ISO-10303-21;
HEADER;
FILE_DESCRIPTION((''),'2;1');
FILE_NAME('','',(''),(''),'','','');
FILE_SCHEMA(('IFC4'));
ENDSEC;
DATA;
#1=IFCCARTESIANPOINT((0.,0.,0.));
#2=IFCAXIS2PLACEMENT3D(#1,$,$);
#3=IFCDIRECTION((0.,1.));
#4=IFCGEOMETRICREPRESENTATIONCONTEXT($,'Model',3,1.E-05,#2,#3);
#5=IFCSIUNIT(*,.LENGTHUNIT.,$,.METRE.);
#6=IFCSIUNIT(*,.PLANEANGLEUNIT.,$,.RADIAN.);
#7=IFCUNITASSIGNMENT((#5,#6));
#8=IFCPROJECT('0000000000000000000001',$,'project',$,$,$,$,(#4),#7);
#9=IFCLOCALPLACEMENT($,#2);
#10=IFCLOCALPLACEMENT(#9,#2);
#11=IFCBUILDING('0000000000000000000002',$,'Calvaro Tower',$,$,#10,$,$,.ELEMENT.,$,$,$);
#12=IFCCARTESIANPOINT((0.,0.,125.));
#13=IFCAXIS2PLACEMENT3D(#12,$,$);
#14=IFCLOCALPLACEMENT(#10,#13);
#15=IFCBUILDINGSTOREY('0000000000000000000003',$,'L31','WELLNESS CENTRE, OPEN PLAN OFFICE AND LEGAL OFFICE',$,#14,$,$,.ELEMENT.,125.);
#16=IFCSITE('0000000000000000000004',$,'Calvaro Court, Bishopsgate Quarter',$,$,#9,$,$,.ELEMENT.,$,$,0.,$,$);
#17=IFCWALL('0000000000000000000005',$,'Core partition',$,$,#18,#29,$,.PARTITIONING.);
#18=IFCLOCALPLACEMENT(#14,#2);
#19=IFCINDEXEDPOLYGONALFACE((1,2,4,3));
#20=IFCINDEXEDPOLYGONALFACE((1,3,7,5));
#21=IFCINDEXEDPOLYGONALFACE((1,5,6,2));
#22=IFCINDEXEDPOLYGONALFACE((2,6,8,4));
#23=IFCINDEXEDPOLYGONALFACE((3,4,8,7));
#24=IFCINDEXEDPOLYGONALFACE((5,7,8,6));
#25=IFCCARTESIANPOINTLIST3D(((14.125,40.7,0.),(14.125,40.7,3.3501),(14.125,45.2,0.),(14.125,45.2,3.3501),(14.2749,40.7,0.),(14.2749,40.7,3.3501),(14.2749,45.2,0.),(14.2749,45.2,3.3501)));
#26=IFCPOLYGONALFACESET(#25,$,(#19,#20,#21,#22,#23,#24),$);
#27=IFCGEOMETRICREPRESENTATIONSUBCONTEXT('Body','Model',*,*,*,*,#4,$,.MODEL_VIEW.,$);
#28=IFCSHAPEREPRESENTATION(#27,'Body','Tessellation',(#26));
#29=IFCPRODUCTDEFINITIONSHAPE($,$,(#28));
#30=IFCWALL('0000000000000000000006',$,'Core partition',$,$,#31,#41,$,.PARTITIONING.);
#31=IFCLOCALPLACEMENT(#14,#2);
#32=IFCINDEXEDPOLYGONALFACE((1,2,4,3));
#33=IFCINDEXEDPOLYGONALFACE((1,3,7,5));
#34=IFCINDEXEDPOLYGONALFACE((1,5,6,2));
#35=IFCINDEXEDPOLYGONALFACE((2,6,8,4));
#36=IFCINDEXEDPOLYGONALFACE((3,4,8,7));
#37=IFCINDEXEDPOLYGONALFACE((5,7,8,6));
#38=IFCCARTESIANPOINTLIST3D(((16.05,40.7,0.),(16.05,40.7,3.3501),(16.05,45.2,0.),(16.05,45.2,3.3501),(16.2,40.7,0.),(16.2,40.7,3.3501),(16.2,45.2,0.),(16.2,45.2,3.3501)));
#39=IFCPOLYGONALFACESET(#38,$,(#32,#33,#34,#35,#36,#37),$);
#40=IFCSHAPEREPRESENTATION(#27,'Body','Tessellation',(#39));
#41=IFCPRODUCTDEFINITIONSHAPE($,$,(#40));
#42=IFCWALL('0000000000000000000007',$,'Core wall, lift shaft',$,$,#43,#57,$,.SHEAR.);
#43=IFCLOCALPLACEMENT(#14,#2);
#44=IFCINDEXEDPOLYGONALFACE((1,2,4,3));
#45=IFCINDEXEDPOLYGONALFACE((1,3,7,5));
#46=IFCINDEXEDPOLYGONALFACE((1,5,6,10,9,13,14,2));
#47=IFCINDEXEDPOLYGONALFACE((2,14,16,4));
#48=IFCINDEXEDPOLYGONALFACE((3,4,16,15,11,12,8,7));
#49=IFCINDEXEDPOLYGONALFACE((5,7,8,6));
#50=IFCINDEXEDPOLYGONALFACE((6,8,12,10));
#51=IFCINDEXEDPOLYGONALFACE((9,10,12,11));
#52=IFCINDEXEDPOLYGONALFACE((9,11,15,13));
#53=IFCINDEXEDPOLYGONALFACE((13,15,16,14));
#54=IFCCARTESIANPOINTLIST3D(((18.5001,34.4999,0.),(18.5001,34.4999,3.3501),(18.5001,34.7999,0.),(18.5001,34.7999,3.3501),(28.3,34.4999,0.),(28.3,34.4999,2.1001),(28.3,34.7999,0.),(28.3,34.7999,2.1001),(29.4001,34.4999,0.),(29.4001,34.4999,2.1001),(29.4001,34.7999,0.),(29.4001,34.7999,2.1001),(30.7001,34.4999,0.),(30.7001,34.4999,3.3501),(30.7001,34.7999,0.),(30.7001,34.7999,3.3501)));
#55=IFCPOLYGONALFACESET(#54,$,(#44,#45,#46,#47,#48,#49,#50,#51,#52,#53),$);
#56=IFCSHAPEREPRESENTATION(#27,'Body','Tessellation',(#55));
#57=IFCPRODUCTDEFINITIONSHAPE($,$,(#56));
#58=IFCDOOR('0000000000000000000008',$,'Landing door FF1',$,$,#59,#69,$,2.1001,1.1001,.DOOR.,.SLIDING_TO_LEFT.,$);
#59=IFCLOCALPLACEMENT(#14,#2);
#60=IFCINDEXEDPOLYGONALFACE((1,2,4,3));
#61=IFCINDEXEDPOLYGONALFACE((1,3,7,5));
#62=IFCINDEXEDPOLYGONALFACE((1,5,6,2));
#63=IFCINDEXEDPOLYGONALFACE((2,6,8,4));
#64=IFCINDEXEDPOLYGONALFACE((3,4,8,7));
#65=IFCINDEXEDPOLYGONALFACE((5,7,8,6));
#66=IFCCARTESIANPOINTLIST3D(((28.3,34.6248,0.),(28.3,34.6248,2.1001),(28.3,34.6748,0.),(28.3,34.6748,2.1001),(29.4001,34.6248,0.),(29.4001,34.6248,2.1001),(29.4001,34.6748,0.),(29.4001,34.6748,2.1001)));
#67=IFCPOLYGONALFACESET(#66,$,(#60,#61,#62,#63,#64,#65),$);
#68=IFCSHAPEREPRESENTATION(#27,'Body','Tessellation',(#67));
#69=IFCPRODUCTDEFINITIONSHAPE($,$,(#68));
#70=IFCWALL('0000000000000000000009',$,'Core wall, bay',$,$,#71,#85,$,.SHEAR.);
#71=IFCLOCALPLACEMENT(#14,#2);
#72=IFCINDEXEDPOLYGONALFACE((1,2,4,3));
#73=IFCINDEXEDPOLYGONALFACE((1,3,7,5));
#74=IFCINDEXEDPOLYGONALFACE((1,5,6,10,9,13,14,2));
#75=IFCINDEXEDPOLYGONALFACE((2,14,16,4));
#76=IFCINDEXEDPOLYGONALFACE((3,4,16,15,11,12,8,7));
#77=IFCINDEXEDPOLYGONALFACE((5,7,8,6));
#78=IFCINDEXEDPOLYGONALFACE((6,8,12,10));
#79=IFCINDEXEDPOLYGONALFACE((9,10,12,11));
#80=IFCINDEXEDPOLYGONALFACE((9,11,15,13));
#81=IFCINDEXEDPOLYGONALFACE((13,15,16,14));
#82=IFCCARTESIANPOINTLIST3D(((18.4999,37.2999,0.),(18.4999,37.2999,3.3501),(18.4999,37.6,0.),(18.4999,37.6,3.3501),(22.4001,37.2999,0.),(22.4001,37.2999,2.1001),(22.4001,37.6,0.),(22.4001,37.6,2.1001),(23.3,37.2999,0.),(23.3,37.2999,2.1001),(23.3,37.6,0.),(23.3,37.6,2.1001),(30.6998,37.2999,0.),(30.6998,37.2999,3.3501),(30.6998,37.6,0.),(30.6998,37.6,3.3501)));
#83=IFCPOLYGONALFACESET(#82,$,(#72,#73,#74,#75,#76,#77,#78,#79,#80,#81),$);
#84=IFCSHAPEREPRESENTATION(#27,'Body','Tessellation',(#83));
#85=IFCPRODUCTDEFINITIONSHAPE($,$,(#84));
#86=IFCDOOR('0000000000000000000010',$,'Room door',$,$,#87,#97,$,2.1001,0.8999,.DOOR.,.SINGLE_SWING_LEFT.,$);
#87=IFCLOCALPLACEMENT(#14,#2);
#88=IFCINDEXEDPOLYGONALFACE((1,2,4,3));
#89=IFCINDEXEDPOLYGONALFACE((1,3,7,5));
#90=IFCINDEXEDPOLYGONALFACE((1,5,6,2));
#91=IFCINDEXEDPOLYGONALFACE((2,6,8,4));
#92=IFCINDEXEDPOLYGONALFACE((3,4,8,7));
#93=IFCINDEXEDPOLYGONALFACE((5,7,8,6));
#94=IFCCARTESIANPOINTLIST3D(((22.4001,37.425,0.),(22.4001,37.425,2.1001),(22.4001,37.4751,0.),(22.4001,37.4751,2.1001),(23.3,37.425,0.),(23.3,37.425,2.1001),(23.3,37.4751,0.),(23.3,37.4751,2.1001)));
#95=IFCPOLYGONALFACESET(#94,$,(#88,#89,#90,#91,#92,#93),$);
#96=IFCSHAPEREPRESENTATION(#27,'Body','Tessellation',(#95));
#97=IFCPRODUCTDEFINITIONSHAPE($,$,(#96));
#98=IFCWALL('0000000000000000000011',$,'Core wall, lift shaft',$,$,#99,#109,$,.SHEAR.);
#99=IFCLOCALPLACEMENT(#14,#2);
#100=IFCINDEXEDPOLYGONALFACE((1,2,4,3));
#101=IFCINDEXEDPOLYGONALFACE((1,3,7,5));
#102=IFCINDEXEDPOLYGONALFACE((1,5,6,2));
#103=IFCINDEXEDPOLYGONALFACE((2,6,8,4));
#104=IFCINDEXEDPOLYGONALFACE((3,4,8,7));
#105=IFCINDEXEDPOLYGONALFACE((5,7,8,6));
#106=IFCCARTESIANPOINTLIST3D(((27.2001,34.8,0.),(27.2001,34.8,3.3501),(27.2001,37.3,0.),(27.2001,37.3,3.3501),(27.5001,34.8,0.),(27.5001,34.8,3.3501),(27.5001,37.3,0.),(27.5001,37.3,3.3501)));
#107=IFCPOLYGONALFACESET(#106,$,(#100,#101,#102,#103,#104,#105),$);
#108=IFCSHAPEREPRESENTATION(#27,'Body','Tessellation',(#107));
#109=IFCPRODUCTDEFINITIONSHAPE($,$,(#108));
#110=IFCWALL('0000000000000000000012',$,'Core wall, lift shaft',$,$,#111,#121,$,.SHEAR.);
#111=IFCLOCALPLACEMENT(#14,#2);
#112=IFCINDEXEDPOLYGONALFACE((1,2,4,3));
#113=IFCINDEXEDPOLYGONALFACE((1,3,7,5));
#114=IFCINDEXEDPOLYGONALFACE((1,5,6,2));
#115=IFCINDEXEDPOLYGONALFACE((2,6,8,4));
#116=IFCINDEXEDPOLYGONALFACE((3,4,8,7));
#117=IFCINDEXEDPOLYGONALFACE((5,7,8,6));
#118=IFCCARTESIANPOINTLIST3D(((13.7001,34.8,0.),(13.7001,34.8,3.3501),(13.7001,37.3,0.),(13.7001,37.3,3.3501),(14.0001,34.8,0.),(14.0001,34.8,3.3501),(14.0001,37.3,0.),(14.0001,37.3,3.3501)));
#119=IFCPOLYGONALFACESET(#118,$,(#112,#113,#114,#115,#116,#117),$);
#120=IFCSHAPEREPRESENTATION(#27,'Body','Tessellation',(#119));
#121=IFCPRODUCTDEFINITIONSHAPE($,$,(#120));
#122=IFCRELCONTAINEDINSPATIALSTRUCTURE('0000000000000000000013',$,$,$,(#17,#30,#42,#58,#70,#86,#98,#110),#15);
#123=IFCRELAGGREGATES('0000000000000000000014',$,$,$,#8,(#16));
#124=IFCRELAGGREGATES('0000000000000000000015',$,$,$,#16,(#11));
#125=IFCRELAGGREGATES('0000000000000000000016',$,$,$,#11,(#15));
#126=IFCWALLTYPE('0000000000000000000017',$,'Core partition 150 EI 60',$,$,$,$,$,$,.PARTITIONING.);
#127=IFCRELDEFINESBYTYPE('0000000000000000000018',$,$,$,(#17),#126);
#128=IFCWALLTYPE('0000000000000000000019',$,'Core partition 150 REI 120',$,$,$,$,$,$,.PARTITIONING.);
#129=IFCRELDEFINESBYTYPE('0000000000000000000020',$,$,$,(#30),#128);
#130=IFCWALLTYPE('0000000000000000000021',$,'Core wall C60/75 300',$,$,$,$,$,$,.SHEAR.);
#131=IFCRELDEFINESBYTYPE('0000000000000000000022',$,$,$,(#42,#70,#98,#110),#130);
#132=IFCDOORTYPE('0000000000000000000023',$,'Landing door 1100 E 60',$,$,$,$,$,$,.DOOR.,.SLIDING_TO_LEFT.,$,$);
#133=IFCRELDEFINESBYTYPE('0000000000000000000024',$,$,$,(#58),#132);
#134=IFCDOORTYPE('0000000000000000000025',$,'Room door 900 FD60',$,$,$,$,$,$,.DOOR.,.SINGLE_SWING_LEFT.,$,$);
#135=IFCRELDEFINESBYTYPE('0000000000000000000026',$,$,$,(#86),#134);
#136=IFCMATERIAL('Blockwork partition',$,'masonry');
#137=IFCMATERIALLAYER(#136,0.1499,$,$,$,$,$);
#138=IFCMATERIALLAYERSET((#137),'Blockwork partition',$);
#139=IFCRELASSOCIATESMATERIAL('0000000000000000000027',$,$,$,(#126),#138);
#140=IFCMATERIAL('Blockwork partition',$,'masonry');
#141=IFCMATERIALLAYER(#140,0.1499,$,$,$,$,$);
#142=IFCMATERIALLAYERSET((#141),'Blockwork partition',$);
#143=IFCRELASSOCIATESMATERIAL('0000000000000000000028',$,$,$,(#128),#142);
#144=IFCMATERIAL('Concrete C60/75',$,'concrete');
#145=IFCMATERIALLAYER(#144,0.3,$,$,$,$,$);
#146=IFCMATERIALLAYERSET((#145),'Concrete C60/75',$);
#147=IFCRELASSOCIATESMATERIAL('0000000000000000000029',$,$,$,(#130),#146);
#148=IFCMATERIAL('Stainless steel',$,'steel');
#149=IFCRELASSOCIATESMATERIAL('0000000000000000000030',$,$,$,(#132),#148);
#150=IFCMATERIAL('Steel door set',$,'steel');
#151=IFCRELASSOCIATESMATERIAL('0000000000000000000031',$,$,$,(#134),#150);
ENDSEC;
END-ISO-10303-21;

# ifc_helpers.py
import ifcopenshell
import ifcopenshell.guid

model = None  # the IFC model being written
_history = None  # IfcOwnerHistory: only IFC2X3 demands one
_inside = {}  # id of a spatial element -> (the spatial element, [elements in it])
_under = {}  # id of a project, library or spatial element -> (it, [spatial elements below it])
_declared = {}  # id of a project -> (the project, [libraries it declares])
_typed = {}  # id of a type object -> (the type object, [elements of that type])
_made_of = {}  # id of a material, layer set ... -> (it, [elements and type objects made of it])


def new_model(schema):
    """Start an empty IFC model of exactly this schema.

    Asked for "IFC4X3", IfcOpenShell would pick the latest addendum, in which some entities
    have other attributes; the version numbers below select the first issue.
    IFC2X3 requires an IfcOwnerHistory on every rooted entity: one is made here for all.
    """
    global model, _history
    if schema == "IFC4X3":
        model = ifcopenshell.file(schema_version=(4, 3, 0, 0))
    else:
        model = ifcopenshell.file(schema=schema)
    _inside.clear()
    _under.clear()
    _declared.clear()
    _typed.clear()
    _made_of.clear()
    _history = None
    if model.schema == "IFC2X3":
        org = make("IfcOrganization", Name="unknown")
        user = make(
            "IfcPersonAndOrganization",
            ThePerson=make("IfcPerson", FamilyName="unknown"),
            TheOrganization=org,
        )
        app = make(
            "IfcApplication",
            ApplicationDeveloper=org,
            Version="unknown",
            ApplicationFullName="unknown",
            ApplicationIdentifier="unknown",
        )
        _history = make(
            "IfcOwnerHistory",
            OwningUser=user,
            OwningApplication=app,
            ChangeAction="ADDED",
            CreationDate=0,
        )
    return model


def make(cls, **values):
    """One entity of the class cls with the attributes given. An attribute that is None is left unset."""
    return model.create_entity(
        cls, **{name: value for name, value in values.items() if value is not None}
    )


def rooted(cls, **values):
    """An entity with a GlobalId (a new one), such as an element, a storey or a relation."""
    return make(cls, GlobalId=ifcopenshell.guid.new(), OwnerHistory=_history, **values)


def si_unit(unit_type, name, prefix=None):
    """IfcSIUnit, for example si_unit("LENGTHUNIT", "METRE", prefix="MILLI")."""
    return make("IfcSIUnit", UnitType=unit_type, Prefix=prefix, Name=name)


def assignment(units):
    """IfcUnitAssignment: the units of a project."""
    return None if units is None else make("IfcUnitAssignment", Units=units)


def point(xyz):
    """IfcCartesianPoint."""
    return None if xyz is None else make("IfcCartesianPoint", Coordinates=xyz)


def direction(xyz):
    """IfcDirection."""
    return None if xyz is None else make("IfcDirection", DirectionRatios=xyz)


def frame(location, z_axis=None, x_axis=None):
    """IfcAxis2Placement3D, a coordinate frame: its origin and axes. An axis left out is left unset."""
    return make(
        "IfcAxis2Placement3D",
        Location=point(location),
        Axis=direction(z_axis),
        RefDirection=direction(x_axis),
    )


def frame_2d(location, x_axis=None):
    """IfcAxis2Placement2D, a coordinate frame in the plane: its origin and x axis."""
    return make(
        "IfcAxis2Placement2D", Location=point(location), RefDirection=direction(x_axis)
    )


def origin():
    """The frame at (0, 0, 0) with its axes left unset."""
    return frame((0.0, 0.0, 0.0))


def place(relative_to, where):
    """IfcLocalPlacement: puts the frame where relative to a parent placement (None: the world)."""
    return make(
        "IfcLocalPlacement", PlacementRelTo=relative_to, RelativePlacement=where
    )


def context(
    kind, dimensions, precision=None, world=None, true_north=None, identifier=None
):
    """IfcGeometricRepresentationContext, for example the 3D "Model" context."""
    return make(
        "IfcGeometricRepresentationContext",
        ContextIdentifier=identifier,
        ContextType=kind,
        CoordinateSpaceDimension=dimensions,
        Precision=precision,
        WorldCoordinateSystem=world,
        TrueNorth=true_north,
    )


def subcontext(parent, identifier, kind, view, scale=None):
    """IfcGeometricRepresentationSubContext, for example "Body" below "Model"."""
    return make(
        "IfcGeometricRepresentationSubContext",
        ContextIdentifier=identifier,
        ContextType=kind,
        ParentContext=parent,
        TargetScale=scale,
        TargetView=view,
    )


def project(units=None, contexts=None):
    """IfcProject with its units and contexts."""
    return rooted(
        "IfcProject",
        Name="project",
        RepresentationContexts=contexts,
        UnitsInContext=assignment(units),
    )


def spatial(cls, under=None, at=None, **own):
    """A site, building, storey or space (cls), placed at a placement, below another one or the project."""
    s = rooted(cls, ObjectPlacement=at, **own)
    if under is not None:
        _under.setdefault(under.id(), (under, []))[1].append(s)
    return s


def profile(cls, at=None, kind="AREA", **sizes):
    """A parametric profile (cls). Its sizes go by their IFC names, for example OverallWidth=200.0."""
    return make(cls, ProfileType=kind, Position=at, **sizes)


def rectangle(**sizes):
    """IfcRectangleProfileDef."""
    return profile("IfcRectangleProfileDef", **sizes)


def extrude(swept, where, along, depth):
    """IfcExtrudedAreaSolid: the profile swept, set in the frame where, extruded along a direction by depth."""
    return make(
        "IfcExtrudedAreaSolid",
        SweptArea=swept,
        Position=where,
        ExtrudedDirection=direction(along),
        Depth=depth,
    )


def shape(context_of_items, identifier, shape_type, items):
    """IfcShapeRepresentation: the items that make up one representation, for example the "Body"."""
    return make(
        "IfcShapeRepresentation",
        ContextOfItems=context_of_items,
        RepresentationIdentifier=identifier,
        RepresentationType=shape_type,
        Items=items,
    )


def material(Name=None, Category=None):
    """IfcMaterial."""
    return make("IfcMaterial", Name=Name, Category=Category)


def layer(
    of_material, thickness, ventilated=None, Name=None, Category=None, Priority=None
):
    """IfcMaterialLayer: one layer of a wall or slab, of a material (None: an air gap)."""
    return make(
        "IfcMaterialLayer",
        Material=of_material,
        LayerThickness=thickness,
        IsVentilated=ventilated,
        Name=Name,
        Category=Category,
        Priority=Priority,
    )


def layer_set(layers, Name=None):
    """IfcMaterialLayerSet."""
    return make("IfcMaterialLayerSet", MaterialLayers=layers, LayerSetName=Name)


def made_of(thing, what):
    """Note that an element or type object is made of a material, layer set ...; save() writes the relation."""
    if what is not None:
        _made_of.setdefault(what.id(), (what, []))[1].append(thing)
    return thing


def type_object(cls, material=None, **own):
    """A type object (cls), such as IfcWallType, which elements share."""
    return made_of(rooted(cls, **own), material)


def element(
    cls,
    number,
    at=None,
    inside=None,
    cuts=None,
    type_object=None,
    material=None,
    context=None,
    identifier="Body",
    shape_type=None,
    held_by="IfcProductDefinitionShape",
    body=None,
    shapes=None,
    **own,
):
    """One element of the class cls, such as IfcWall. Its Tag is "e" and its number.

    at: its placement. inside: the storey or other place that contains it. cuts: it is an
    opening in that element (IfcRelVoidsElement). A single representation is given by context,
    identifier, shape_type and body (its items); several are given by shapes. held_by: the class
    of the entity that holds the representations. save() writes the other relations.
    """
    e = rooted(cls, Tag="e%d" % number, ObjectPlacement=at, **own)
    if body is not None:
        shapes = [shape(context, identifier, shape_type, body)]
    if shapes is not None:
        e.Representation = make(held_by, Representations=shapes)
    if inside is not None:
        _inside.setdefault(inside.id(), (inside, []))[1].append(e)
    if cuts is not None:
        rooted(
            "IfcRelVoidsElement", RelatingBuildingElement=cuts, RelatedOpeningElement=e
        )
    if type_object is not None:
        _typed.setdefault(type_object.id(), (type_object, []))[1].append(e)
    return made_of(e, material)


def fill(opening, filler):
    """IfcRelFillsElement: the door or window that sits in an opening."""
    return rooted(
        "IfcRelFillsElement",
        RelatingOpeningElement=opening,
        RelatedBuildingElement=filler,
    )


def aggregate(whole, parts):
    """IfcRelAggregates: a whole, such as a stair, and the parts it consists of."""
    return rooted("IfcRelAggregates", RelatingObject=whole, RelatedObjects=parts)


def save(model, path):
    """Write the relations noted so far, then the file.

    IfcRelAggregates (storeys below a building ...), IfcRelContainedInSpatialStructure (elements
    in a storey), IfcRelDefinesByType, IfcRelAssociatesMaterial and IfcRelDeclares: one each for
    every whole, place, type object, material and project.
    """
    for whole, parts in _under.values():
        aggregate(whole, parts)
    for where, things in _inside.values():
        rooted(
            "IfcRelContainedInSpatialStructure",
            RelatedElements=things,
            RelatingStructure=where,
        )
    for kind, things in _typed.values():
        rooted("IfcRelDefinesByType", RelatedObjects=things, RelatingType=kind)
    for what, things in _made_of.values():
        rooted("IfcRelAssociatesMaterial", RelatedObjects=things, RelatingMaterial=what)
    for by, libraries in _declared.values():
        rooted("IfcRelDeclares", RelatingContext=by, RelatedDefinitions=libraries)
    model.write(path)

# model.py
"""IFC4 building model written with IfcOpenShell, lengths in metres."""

from ifc_helpers import new_model, si_unit, direction, frame, frame_2d, origin, place, context, subcontext, project, spatial, rectangle, extrude, material, layer, layer_set, type_object, element, fill, save


model = new_model("IFC4")

# Units and contexts
model_context = context("Model", 3, precision=1e-05, world=origin(), true_north=direction((0.0, 1.0)))
body_context = subcontext(model_context, "Body", "Model", "MODEL_VIEW")
ifc_project = project(units=[si_unit("LENGTHUNIT", "METRE"), si_unit("PLANEANGLEUNIT", "RADIAN")], contexts=[model_context])

# Site, building, storey
site_placement = place(None, origin())
site = spatial("IfcSite", under=ifc_project, at=site_placement, Name="Calvaro Court, Bishopsgate Quarter", CompositionType="ELEMENT", RefElevation=0.0)
building_placement = place(site_placement, origin())
building = spatial("IfcBuilding", under=site, at=building_placement, Name="Calvaro Tower", CompositionType="ELEMENT")
storey_placement = place(building_placement, frame((0.0, 0.0, 125.0)))
storey = spatial("IfcBuildingStorey", under=building, at=storey_placement, Name="L31", Description="WELLNESS CENTRE, OPEN PLAN OFFICE AND LEGAL OFFICE", CompositionType="ELEMENT", Elevation=125.0)

# Walls
ifc_material_1 = material(Name="Blockwork partition", Category="masonry")
ifc_layer_1 = layer(ifc_material_1, 0.1499)
ifc_layer_set_1 = layer_set([ifc_layer_1], Name="Blockwork partition")
wall_type_1 = type_object("IfcWallType", Name="Core partition 150 EI 60", PredefinedType="PARTITIONING", material=ifc_layer_set_1)
wall_1_placement = place(storey_placement, frame((14.2, 40.7, 0.0), z_axis=(0.0, 0.0, 1.0), x_axis=(0.0, 1.0, 0.0)))
element("IfcWall", 1, at=wall_1_placement, inside=storey, type_object=wall_type_1, Name="Core partition", PredefinedType="PARTITIONING", context=body_context, shape_type="SweptSolid", body=[
    extrude(rectangle(XDim=4.5, YDim=0.1499, at=frame_2d((2.25, 0.0))), origin(), (0.0, 0.0, 1.0), 3.3501),
])
ifc_material_2 = material(Name="Blockwork partition", Category="masonry")
ifc_layer_2 = layer(ifc_material_2, 0.1499)
ifc_layer_set_2 = layer_set([ifc_layer_2], Name="Blockwork partition")
wall_type_2 = type_object("IfcWallType", Name="Core partition 150 REI 120", PredefinedType="PARTITIONING", material=ifc_layer_set_2)
wall_2_placement = place(storey_placement, frame((16.125, 40.7, 0.0), z_axis=(0.0, 0.0, 1.0), x_axis=(0.0, 1.0, 0.0)))
element("IfcWall", 2, at=wall_2_placement, inside=storey, type_object=wall_type_2, Name="Core partition", PredefinedType="PARTITIONING", context=body_context, shape_type="SweptSolid", body=[
    extrude(rectangle(XDim=4.5, YDim=0.1499, at=frame_2d((2.25, 0.0))), origin(), (0.0, 0.0, 1.0), 3.3501),
])

# Walls, openings, doors
ifc_material_3 = material(Name="Concrete C60/75", Category="concrete")
ifc_layer_3 = layer(ifc_material_3, 0.3)
ifc_layer_set_3 = layer_set([ifc_layer_3], Name="Concrete C60/75")
wall_type_3 = type_object("IfcWallType", Name="Core wall C60/75 300", PredefinedType="SHEAR", material=ifc_layer_set_3)
wall_3_placement = place(storey_placement, frame((18.5, 34.6499, 0.0), z_axis=(0.0, 0.0, 1.0), x_axis=(1.0, 0.0, 0.0)))
wall_3 = element("IfcWall", 3, at=wall_3_placement, inside=storey, type_object=wall_type_3, Name="Core wall, lift shaft", PredefinedType="SHEAR", context=body_context, shape_type="SweptSolid", body=[
    extrude(rectangle(XDim=12.2, YDim=0.3, at=frame_2d((6.1001, 0.0))), origin(), (0.0, 0.0, 1.0), 3.3501),
])
opening_1_placement = place(wall_3_placement, frame((9.8, 0.0, 0.0)))
opening_1 = element("IfcOpeningElement", 4, at=opening_1_placement, cuts=wall_3, PredefinedType="OPENING", context=body_context, shape_type="SweptSolid", body=[
    extrude(rectangle(XDim=1.1001, YDim=2.1001, at=frame_2d((0.55, 1.05))), frame((0.0, 0.1599, 0.0), z_axis=(0.0, -1.0, 0.0), x_axis=(1.0, 0.0, 0.0)), (0.0, 0.0, 1.0), 0.3201),
])
ifc_material_4 = material(Name="Stainless steel", Category="steel")
door_type_1 = type_object("IfcDoorType", Name="Landing door 1100 E 60", OperationType="SLIDING_TO_LEFT", PredefinedType="DOOR", material=ifc_material_4)
door_1_placement = place(opening_1_placement, origin())
door_1 = element("IfcDoor", 5, at=door_1_placement, inside=storey, type_object=door_type_1, Name="Landing door FF1", OperationType="SLIDING_TO_LEFT", OverallHeight=2.1001, OverallWidth=1.1001, PredefinedType="DOOR", context=body_context, shape_type="SweptSolid", body=[
    extrude(rectangle(XDim=1.1001, YDim=2.1001, at=frame_2d((0.55, 1.05))), frame((0.0, 0.0249, 0.0), z_axis=(0.0, -1.0, 0.0), x_axis=(1.0, 0.0, 0.0)), (0.0, 0.0, 1.0), 0.05),
])
fill(opening_1, door_1)
wall_4_placement = place(storey_placement, frame((30.7, 37.45, 0.0), z_axis=(0.0, 0.0, 1.0), x_axis=(-1.0, 0.0, 0.0)))
wall_4 = element("IfcWall", 6, at=wall_4_placement, inside=storey, type_object=wall_type_3, Name="Core wall, bay", PredefinedType="SHEAR", context=body_context, shape_type="SweptSolid", body=[
    extrude(rectangle(XDim=12.2, YDim=0.3, at=frame_2d((6.1001, 0.0))), origin(), (0.0, 0.0, 1.0), 3.3501),
])
opening_2_placement = place(wall_4_placement, frame((7.3999, 0.0, 0.0)))
opening_2 = element("IfcOpeningElement", 7, at=opening_2_placement, cuts=wall_4, PredefinedType="OPENING", context=body_context, shape_type="SweptSolid", body=[
    extrude(rectangle(XDim=0.8999, YDim=2.1001, at=frame_2d((0.45, 1.05))), frame((0.0, 0.1599, 0.0), z_axis=(0.0, -1.0, 0.0), x_axis=(1.0, 0.0, 0.0)), (0.0, 0.0, 1.0), 0.3201),
])
ifc_material_5 = material(Name="Steel door set", Category="steel")
door_type_2 = type_object("IfcDoorType", Name="Room door 900 FD60", OperationType="SINGLE_SWING_LEFT", PredefinedType="DOOR", material=ifc_material_5)
door_2_placement = place(opening_2_placement, origin())
door_2 = element("IfcDoor", 8, at=door_2_placement, inside=storey, type_object=door_type_2, Name="Room door", OperationType="SINGLE_SWING_LEFT", OverallHeight=2.1001, OverallWidth=0.8999, PredefinedType="DOOR", context=body_context, shape_type="SweptSolid", body=[
    extrude(rectangle(XDim=0.8999, YDim=2.1001, at=frame_2d((0.45, 1.05))), frame((0.0, 0.0249, 0.0), z_axis=(0.0, -1.0, 0.0), x_axis=(1.0, 0.0, 0.0)), (0.0, 0.0, 1.0), 0.05),
])
fill(opening_2, door_2)

# Walls
for number, where, z_axis, x_axis, name in (
    (9, (27.3501, 34.8, 0.0), (0.0, 0.0, 1.0), (0.0, 1.0, 0.0), "Core wall, lift shaft"),
    (10, (13.8501, 34.8, 0.0), (0.0, 0.0, 1.0), (0.0, 1.0, 0.0), "Core wall, lift shaft"),
):
    element("IfcWall", number, at=place(storey_placement, frame(where, z_axis=z_axis, x_axis=x_axis)), inside=storey, type_object=wall_type_3, Name=name, PredefinedType="SHEAR", context=body_context, shape_type="SweptSolid", body=[
        extrude(rectangle(XDim=2.5, YDim=0.3, at=frame_2d((1.25, 0.0))), origin(), (0.0, 0.0, 1.0), 3.3501),
    ])

save(model, "model.ifc")
